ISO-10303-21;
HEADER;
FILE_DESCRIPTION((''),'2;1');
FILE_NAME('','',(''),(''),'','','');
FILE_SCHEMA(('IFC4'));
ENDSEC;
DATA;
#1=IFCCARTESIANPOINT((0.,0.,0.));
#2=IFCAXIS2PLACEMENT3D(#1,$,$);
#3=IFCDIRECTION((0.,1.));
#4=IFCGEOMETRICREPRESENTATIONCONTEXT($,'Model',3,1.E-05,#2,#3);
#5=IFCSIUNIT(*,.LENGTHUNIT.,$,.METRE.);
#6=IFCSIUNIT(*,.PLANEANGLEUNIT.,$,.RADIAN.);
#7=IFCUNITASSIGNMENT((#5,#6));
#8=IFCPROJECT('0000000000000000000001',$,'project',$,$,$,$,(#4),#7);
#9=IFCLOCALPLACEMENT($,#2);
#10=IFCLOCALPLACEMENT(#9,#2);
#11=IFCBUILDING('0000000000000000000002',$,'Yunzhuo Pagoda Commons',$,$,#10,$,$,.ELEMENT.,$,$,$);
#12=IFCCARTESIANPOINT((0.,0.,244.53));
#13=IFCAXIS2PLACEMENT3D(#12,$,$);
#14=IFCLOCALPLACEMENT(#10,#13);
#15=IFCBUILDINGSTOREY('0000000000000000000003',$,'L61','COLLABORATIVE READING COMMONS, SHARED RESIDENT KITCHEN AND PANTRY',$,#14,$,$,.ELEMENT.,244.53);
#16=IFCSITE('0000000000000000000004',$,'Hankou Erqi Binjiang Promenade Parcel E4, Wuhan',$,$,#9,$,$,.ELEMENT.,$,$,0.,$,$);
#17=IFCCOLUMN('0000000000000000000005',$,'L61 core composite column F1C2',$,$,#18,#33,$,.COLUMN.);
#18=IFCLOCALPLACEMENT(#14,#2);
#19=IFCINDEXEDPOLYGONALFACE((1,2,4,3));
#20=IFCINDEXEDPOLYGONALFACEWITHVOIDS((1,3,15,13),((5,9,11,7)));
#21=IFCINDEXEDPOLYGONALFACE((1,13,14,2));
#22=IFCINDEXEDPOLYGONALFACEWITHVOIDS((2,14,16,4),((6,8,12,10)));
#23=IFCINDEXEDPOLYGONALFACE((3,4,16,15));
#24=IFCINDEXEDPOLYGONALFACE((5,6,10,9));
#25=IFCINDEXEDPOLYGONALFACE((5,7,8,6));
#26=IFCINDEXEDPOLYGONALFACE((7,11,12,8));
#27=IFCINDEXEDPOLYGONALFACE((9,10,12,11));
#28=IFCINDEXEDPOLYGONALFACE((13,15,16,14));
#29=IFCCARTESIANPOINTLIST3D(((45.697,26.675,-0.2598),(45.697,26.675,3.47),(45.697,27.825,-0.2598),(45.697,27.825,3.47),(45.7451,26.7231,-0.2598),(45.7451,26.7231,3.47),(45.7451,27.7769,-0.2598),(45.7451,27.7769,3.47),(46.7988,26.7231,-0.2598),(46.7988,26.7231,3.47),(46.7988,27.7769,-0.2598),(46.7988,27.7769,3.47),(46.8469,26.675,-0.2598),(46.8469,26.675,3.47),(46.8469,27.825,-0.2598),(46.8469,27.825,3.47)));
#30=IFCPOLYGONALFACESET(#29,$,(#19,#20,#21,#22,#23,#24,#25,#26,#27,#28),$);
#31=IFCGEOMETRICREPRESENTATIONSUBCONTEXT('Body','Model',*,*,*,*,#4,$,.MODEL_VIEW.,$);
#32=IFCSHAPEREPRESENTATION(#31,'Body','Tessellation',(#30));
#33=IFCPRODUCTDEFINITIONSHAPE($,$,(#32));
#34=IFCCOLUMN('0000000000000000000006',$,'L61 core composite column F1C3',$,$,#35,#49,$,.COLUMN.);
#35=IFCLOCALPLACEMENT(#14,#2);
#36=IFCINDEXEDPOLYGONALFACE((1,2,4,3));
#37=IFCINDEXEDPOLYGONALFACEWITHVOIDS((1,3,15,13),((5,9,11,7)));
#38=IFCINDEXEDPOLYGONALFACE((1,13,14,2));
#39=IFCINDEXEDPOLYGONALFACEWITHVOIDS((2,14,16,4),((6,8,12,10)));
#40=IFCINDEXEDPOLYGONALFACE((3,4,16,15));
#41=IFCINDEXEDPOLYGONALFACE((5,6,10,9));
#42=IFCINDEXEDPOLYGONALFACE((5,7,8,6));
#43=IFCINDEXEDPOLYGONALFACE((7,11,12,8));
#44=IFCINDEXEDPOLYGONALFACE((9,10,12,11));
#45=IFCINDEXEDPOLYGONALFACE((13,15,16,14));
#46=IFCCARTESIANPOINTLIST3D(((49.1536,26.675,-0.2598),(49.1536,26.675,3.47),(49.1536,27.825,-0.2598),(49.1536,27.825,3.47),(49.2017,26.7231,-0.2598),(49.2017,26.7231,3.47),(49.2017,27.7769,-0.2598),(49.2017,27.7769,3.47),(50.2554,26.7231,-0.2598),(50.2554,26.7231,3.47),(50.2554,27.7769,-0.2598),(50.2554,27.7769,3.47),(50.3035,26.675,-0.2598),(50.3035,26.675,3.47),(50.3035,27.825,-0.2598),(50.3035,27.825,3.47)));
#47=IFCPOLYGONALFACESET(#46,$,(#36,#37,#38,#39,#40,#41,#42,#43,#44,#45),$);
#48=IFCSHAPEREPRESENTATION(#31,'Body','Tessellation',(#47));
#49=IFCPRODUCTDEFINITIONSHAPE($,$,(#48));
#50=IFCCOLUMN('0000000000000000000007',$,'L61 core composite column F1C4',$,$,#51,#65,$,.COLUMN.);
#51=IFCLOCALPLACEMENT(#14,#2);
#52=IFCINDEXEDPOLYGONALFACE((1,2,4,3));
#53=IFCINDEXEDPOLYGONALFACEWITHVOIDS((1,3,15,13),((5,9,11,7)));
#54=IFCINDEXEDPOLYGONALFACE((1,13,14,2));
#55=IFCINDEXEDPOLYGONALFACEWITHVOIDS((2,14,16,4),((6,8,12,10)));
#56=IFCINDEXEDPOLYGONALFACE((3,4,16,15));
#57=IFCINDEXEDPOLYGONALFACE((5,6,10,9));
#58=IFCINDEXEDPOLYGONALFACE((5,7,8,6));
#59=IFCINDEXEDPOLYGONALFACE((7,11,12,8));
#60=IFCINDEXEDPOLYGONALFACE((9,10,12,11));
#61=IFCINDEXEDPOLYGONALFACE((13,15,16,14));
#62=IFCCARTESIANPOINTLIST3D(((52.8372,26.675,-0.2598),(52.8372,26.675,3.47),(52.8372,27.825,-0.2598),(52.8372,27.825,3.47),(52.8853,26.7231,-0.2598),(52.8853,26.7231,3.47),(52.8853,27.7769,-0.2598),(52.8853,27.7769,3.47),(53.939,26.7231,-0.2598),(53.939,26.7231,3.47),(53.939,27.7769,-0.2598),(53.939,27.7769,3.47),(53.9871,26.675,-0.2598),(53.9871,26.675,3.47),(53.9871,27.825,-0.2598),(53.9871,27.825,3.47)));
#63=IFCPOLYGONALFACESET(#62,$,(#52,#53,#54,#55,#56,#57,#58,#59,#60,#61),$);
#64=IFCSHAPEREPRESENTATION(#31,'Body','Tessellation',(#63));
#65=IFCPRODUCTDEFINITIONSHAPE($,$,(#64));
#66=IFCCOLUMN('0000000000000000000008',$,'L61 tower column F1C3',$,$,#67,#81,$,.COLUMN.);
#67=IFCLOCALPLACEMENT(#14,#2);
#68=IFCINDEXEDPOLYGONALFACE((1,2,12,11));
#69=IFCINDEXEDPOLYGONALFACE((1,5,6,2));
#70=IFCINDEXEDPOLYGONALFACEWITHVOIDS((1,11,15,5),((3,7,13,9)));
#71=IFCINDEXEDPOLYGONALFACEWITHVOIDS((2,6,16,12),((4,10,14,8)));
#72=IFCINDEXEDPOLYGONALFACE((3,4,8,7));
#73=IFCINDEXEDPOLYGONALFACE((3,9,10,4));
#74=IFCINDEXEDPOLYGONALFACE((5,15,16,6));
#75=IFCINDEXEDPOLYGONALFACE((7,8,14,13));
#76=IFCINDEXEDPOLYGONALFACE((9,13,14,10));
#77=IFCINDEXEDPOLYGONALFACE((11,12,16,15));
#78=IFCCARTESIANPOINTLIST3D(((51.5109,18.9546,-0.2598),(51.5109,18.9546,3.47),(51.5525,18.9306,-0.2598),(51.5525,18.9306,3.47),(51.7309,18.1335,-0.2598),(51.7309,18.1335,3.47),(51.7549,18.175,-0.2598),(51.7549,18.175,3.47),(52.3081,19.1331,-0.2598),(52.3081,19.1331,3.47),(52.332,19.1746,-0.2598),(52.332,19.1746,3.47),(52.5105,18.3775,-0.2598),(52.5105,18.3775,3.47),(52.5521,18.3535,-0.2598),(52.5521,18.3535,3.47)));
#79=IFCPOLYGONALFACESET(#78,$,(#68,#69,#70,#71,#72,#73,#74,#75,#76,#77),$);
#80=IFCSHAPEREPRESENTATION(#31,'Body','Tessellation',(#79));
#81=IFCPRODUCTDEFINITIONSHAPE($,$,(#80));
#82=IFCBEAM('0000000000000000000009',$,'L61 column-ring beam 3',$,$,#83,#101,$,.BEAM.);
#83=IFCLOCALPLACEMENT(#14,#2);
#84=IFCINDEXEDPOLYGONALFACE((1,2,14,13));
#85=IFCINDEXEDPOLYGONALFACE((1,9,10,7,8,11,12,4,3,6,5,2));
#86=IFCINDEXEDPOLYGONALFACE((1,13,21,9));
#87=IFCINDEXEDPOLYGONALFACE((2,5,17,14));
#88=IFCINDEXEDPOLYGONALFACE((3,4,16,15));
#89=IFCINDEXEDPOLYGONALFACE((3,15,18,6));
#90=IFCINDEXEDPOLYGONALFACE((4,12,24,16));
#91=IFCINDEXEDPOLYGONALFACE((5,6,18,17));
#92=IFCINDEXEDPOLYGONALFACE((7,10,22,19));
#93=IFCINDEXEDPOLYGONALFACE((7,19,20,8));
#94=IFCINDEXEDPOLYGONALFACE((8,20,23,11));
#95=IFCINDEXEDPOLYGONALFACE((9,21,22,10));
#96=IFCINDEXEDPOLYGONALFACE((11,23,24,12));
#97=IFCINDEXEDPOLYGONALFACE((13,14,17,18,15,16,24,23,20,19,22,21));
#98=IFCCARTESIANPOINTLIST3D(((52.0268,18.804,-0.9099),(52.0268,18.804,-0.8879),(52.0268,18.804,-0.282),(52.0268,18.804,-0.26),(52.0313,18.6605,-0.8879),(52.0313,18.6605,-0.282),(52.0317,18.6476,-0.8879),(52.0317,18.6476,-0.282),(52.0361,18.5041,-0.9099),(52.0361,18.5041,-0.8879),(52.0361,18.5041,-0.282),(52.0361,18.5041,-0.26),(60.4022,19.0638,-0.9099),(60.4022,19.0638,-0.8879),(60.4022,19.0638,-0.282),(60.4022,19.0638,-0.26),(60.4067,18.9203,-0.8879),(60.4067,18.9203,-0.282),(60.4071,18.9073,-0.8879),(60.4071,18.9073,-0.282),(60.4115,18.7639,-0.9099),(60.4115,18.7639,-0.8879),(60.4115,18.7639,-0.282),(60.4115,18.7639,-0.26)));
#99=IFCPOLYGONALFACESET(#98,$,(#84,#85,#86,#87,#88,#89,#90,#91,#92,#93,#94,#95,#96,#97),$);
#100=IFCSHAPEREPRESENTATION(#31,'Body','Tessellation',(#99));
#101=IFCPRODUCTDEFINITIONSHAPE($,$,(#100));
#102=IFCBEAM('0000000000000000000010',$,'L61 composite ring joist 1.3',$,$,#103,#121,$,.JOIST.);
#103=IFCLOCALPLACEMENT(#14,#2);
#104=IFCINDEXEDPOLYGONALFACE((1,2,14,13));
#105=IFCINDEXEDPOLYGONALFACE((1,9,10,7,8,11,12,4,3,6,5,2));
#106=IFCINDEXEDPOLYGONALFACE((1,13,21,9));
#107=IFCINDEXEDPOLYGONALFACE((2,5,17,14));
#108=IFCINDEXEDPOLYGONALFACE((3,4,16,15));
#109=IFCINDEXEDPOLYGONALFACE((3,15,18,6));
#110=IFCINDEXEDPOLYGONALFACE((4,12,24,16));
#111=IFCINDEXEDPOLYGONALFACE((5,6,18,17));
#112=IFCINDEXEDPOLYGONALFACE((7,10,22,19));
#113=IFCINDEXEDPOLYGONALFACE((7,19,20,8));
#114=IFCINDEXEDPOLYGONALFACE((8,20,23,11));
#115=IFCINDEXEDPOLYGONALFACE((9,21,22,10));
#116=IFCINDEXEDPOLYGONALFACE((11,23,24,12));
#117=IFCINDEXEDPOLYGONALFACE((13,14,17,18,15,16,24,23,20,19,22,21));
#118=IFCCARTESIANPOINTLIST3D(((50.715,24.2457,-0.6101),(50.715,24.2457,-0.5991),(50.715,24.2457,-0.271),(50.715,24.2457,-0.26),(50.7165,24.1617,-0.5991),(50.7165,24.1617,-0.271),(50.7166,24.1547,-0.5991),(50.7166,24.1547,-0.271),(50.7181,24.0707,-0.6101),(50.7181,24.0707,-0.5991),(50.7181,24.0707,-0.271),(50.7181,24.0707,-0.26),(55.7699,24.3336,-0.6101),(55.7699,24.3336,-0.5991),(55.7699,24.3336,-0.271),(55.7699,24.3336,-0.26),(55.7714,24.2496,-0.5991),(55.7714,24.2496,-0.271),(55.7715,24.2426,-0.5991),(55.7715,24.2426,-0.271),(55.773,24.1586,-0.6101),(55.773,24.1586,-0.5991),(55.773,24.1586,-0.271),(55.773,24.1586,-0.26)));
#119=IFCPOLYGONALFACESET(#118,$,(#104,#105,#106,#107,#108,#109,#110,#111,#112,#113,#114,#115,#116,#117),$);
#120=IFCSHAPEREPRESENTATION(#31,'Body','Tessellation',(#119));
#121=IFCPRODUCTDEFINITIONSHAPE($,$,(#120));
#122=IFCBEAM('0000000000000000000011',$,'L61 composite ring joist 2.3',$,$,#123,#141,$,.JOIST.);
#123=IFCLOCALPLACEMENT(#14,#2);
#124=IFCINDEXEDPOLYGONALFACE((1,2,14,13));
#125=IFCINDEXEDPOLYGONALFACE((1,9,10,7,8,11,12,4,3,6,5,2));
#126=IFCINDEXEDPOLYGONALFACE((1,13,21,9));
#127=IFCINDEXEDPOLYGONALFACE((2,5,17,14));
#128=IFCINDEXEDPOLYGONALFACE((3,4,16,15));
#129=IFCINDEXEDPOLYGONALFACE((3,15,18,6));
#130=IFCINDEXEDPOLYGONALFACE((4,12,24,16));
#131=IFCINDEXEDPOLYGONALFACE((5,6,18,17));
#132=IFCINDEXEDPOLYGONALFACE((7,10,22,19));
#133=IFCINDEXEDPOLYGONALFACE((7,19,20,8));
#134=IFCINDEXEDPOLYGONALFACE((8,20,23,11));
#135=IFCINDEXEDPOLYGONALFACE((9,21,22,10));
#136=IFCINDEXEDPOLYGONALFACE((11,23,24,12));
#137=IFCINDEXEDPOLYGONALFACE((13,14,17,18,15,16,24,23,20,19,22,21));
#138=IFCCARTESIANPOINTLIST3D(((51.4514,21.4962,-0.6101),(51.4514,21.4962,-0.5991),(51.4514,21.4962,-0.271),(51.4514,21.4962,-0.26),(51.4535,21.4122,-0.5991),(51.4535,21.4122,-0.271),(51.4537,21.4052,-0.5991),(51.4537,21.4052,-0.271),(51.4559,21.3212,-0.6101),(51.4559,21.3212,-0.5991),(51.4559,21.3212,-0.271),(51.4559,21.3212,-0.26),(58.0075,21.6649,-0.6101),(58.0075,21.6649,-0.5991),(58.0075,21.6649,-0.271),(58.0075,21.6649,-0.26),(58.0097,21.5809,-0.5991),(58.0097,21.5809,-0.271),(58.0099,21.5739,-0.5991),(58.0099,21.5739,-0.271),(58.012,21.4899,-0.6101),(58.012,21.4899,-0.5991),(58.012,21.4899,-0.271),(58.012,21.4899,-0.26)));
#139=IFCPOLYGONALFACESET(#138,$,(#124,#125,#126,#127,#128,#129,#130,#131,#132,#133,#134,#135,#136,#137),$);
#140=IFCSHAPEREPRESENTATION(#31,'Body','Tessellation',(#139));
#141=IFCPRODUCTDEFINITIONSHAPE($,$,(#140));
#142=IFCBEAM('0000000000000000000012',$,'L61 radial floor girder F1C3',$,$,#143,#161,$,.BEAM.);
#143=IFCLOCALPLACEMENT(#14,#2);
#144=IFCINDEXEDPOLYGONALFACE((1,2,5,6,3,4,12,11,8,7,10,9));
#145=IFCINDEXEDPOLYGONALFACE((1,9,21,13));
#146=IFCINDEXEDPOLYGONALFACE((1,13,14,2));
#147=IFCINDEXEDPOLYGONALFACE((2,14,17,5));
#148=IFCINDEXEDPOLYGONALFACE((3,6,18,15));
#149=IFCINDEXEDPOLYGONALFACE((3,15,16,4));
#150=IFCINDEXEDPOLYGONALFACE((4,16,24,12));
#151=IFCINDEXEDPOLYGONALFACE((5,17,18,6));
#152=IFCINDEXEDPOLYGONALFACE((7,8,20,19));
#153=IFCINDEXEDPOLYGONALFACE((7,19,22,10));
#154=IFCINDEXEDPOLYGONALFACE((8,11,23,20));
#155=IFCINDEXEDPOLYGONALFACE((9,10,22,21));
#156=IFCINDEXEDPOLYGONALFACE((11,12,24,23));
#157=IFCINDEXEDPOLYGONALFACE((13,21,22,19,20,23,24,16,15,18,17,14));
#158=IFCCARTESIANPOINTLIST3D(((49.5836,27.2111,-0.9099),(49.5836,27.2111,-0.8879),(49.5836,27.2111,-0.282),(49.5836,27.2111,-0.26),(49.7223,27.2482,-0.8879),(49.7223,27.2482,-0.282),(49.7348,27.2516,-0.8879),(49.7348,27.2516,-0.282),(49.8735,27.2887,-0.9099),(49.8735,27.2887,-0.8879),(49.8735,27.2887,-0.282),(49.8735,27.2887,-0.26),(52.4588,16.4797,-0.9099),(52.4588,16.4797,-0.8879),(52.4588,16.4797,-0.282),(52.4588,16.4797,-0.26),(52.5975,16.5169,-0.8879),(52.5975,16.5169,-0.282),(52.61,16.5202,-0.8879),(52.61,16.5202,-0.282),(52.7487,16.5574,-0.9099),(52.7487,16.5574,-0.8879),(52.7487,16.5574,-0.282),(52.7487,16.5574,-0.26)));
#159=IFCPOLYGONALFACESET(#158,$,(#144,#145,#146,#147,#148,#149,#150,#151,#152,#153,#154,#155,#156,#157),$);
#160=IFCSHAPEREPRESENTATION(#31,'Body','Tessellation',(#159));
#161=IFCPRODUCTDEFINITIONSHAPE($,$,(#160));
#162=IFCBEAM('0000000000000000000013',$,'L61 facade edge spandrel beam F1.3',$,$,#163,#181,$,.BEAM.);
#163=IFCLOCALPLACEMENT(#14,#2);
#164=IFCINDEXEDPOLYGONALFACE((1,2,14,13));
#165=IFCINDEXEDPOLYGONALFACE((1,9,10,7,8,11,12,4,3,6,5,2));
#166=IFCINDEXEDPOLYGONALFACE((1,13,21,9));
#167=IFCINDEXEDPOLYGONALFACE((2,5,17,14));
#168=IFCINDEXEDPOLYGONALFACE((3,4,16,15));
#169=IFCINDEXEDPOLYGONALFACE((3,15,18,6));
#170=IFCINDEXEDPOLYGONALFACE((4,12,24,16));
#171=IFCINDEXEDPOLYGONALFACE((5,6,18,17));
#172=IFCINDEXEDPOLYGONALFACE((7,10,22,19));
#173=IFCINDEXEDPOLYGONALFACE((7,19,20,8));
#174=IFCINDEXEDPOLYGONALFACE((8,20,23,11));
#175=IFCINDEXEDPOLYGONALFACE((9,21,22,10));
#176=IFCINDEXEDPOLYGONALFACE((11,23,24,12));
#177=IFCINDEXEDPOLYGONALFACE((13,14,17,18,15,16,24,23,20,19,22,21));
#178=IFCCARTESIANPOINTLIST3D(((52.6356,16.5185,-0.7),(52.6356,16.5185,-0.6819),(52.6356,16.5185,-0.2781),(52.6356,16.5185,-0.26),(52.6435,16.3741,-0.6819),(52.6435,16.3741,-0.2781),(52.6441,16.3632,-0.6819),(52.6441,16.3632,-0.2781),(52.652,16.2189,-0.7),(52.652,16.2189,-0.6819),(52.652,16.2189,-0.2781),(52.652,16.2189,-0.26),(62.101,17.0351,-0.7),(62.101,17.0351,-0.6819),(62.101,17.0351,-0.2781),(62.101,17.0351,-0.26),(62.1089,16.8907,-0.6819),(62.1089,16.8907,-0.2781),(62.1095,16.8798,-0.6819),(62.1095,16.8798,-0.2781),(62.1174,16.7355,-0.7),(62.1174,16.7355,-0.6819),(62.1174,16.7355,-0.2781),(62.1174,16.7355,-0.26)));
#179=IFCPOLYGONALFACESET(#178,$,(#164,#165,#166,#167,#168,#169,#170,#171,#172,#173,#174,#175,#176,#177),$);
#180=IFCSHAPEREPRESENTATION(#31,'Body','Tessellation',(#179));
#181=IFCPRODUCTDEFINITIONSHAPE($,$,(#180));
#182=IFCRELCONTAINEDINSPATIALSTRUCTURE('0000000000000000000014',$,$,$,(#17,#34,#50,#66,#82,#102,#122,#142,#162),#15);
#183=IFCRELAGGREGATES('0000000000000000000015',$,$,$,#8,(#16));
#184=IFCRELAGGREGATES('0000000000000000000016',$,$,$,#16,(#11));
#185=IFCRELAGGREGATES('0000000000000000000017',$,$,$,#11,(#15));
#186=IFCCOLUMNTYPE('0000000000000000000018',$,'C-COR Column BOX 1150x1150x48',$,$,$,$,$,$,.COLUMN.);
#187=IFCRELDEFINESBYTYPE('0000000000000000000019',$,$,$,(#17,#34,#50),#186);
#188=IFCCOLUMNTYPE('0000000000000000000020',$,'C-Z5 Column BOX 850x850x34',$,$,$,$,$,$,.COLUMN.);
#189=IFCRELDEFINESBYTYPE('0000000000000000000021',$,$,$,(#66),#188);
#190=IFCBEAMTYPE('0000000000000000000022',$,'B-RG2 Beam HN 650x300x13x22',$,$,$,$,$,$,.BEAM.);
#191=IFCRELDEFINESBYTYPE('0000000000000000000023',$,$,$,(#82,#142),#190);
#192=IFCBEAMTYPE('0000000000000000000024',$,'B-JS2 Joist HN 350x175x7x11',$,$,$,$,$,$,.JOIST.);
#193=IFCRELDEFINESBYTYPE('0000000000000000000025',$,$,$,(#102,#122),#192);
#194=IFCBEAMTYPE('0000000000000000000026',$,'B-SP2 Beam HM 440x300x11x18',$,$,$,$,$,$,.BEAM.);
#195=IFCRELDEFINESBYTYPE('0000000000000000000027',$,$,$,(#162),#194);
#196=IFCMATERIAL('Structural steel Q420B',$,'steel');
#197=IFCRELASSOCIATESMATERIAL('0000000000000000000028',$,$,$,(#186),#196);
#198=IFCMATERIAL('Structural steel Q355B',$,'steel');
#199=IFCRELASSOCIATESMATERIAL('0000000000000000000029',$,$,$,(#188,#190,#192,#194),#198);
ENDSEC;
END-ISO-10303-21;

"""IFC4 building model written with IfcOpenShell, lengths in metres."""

from ifc_helpers import new_model, si_unit, direction, frame, origin, origin_2d, place, context, subcontext, project, spatial, hollow_rectangle, i_section, extrude, source, transform, mapped, material, material_profile, profile_set, type_object, element, save


model = new_model("IFC4")

# Units and contexts
model_context = context("Model", 3, precision=1e-05, world=origin(), true_north=direction((0.0, 1.0)))
body_context = subcontext(model_context, "Body", "Model", "MODEL_VIEW")
ifc_project = project(units=[si_unit("LENGTHUNIT", "METRE"), si_unit("PLANEANGLEUNIT", "RADIAN")], contexts=[model_context])

# Site, building, storey
site_placement = place(None, origin())
site = spatial("IfcSite", under=ifc_project, at=site_placement, Name="Hankou Erqi Binjiang Promenade Parcel E4, Wuhan", CompositionType="ELEMENT", RefElevation=0.0)
building_placement = place(site_placement, origin())
building = spatial("IfcBuilding", under=site, at=building_placement, Name="Yunzhuo Pagoda Commons", CompositionType="ELEMENT")
storey_placement = place(building_placement, frame((0.0, 0.0, 244.53)))
storey = spatial("IfcBuildingStorey", under=building, at=storey_placement, Name="L61", Description="COLLABORATIVE READING COMMONS, SHARED RESIDENT KITCHEN AND PANTRY", CompositionType="ELEMENT", Elevation=244.53)

# Columns
ifc_material_1 = material(Name="Structural steel Q420B", Category="steel")
ifc_material_profile_1 = material_profile(ifc_material_1, hollow_rectangle(XDim=1.1499, YDim=1.1499, WallThickness=0.0481, at=origin_2d()), Name="Structural steel Q420B")
ifc_profile_set_1 = profile_set([ifc_material_profile_1], Name="Structural steel Q420B")
column_type_1 = type_object("IfcColumnType", Name="C-COR Column BOX 1150x1150x48", PredefinedType="COLUMN", material=ifc_profile_set_1)
shared_shape_1 = source(origin(), body_context, "Body", "SweptSolid", [
    extrude(hollow_rectangle(XDim=1.1499, YDim=1.1499, WallThickness=0.0481, at=origin_2d()), origin(), (0.0, 0.0, 1.0), 3.7297),
])
for number, where, z_axis, x_axis, name in (
    (1, (46.272, 27.25, -0.2598), (0.0, 0.0, 1.0), (1.0, 0.0, 0.0), "L61 core composite column F1C2"),
    (2, (49.7285, 27.25, -0.2598), (0.0, 0.0, 1.0), (1.0, 0.0, 0.0), "L61 core composite column F1C3"),
    (3, (53.4121, 27.25, -0.2598), (0.0, 0.0, 1.0), (1.0, 0.0, 0.0), "L61 core composite column F1C4"),
):
    element("IfcColumn", number, at=place(storey_placement, frame(where, z_axis=z_axis, x_axis=x_axis)), inside=storey, type_object=column_type_1, Name=name, PredefinedType="COLUMN", context=body_context, shape_type="MappedRepresentation", body=[
        mapped(shared_shape_1, transform((0.0, 0.0, 0.0), scale=1.0)),
    ])
ifc_material_2 = material(Name="Structural steel Q355B", Category="steel")
ifc_material_profile_2 = material_profile(ifc_material_2, hollow_rectangle(XDim=0.8501, YDim=0.8501, WallThickness=0.0339, at=origin_2d()), Name="Structural steel Q355B")
ifc_profile_set_2 = profile_set([ifc_material_profile_2], Name="Structural steel Q355B")
column_type_2 = type_object("IfcColumnType", Name="C-Z5 Column BOX 850x850x34", PredefinedType="COLUMN", material=ifc_profile_set_2)
shared_shape_2 = source(origin(), body_context, "Body", "SweptSolid", [
    extrude(hollow_rectangle(XDim=0.8501, YDim=0.8501, WallThickness=0.0339, at=origin_2d()), origin(), (0.0, 0.0, 1.0), 3.7297),
])
column_placement = place(storey_placement, frame((52.0315, 18.6541, -0.2598), z_axis=(0.0, 0.0, 1.0), x_axis=(0.965926, 0.258819, 0.0)))
element("IfcColumn", 4, at=column_placement, inside=storey, type_object=column_type_2, Name="L61 tower column F1C3", PredefinedType="COLUMN", context=body_context, shape_type="MappedRepresentation", body=[
    mapped(shared_shape_2, transform((0.0, 0.0, 0.0), scale=1.0)),
])

# Beams
ifc_material_profile_3 = material_profile(ifc_material_2, i_section(OverallWidth=0.3, OverallDepth=0.6499, WebThickness=0.0129, FlangeThickness=0.022, at=origin_2d()), Name="Structural steel Q355B")
ifc_profile_set_3 = profile_set([ifc_material_profile_3], Name="Structural steel Q355B")
beam_type_1 = type_object("IfcBeamType", Name="B-RG2 Beam HN 650x300x13x22", PredefinedType="BEAM", material=ifc_profile_set_3)
shared_shape_3 = source(origin(), body_context, "Body", "SweptSolid", [
    extrude(i_section(OverallWidth=0.3, OverallDepth=0.6499, WebThickness=0.0129, FlangeThickness=0.022, at=origin_2d()), origin(), (0.0, 0.0, 1.0), 8.3794),
])
beam_1_placement = place(storey_placement, frame((52.0315, 18.6541, -0.585), z_axis=(0.999519, 0.031, 0.0), x_axis=(-0.031, 0.999519, 0.0)))
element("IfcBeam", 5, at=beam_1_placement, inside=storey, type_object=beam_type_1, Name="L61 column-ring beam 3", PredefinedType="BEAM", context=body_context, shape_type="MappedRepresentation", body=[
    mapped(shared_shape_3, transform((0.0, 0.0, 0.0), scale=1.0)),
])
ifc_material_profile_4 = material_profile(ifc_material_2, i_section(OverallWidth=0.175, OverallDepth=0.3501, WebThickness=0.0071, FlangeThickness=0.011, at=origin_2d()), Name="Structural steel Q355B")
ifc_profile_set_4 = profile_set([ifc_material_profile_4], Name="Structural steel Q355B")
beam_type_2 = type_object("IfcBeamType", Name="B-JS2 Joist HN 350x175x7x11", PredefinedType="JOIST", material=ifc_profile_set_4)
shared_shape_4 = source(origin(), body_context, "Body", "SweptSolid", [
    extrude(i_section(OverallWidth=0.175, OverallDepth=0.3501, WebThickness=0.0071, FlangeThickness=0.011, at=origin_2d()), origin(), (0.0, 0.0, 1.0), 5.0557),
])
beam_2_placement = place(storey_placement, frame((50.7166, 24.1582, -0.4351), z_axis=(0.999849, 0.017384, 0.0), x_axis=(-0.017384, 0.999849, 0.0)))
element("IfcBeam", 6, at=beam_2_placement, inside=storey, type_object=beam_type_2, Name="L61 composite ring joist 1.3", PredefinedType="JOIST", context=body_context, shape_type="MappedRepresentation", body=[
    mapped(shared_shape_4, transform((0.0, 0.0, 0.0), scale=1.0)),
])
shared_shape_5 = source(origin(), body_context, "Body", "SweptSolid", [
    extrude(i_section(OverallWidth=0.175, OverallDepth=0.3501, WebThickness=0.0071, FlangeThickness=0.011, at=origin_2d()), origin(), (0.0, 0.0, 1.0), 6.5583),
])
beam_3_placement = place(storey_placement, frame((51.4536, 21.4087, -0.4351), z_axis=(0.999669, 0.025723, 0.0), x_axis=(-0.025723, 0.999669, 0.0)))
element("IfcBeam", 7, at=beam_3_placement, inside=storey, type_object=beam_type_2, Name="L61 composite ring joist 2.3", PredefinedType="JOIST", context=body_context, shape_type="MappedRepresentation", body=[
    mapped(shared_shape_5, transform((0.0, 0.0, 0.0), scale=1.0)),
])
shared_shape_6 = source(origin(), body_context, "Body", "SweptSolid", [
    extrude(i_section(OverallWidth=0.3, OverallDepth=0.6499, WebThickness=0.0129, FlangeThickness=0.022, at=origin_2d()), origin(), (0.0, 0.0, 1.0), 11.1099),
])
beam_4_placement = place(storey_placement, frame((52.6038, 16.5186, -0.585), z_axis=(-0.258799, 0.965931, 0.0), x_axis=(-0.965931, -0.258799, 0.0)))
element("IfcBeam", 8, at=beam_4_placement, inside=storey, type_object=beam_type_1, Name="L61 radial floor girder F1C3", PredefinedType="BEAM", context=body_context, shape_type="MappedRepresentation", body=[
    mapped(shared_shape_6, transform((0.0, 0.0, 0.0), scale=1.0)),
])
ifc_material_profile_5 = material_profile(ifc_material_2, i_section(OverallWidth=0.3, OverallDepth=0.4399, WebThickness=0.011, FlangeThickness=0.0181, at=origin_2d()), Name="Structural steel Q355B")
ifc_profile_set_5 = profile_set([ifc_material_profile_5], Name="Structural steel Q355B")
beam_type_3 = type_object("IfcBeamType", Name="B-SP2 Beam HM 440x300x11x18", PredefinedType="BEAM", material=ifc_profile_set_5)
shared_shape_7 = source(origin(), body_context, "Body", "SweptSolid", [
    extrude(i_section(OverallWidth=0.3, OverallDepth=0.4399, WebThickness=0.011, FlangeThickness=0.0181, at=origin_2d()), origin(), (0.0, 0.0, 1.0), 9.4795),
])
beam_5_placement = place(storey_placement, frame((52.6438, 16.3687, -0.48), z_axis=(0.998514, 0.054497, 0.0), x_axis=(-0.054497, 0.998514, 0.0)))
element("IfcBeam", 9, at=beam_5_placement, inside=storey, type_object=beam_type_3, Name="L61 facade edge spandrel beam F1.3", PredefinedType="BEAM", context=body_context, shape_type="MappedRepresentation", body=[
    mapped(shared_shape_7, transform((0.0, 0.0, 0.0), scale=1.0)),
])

save(model, "model.ifc")
